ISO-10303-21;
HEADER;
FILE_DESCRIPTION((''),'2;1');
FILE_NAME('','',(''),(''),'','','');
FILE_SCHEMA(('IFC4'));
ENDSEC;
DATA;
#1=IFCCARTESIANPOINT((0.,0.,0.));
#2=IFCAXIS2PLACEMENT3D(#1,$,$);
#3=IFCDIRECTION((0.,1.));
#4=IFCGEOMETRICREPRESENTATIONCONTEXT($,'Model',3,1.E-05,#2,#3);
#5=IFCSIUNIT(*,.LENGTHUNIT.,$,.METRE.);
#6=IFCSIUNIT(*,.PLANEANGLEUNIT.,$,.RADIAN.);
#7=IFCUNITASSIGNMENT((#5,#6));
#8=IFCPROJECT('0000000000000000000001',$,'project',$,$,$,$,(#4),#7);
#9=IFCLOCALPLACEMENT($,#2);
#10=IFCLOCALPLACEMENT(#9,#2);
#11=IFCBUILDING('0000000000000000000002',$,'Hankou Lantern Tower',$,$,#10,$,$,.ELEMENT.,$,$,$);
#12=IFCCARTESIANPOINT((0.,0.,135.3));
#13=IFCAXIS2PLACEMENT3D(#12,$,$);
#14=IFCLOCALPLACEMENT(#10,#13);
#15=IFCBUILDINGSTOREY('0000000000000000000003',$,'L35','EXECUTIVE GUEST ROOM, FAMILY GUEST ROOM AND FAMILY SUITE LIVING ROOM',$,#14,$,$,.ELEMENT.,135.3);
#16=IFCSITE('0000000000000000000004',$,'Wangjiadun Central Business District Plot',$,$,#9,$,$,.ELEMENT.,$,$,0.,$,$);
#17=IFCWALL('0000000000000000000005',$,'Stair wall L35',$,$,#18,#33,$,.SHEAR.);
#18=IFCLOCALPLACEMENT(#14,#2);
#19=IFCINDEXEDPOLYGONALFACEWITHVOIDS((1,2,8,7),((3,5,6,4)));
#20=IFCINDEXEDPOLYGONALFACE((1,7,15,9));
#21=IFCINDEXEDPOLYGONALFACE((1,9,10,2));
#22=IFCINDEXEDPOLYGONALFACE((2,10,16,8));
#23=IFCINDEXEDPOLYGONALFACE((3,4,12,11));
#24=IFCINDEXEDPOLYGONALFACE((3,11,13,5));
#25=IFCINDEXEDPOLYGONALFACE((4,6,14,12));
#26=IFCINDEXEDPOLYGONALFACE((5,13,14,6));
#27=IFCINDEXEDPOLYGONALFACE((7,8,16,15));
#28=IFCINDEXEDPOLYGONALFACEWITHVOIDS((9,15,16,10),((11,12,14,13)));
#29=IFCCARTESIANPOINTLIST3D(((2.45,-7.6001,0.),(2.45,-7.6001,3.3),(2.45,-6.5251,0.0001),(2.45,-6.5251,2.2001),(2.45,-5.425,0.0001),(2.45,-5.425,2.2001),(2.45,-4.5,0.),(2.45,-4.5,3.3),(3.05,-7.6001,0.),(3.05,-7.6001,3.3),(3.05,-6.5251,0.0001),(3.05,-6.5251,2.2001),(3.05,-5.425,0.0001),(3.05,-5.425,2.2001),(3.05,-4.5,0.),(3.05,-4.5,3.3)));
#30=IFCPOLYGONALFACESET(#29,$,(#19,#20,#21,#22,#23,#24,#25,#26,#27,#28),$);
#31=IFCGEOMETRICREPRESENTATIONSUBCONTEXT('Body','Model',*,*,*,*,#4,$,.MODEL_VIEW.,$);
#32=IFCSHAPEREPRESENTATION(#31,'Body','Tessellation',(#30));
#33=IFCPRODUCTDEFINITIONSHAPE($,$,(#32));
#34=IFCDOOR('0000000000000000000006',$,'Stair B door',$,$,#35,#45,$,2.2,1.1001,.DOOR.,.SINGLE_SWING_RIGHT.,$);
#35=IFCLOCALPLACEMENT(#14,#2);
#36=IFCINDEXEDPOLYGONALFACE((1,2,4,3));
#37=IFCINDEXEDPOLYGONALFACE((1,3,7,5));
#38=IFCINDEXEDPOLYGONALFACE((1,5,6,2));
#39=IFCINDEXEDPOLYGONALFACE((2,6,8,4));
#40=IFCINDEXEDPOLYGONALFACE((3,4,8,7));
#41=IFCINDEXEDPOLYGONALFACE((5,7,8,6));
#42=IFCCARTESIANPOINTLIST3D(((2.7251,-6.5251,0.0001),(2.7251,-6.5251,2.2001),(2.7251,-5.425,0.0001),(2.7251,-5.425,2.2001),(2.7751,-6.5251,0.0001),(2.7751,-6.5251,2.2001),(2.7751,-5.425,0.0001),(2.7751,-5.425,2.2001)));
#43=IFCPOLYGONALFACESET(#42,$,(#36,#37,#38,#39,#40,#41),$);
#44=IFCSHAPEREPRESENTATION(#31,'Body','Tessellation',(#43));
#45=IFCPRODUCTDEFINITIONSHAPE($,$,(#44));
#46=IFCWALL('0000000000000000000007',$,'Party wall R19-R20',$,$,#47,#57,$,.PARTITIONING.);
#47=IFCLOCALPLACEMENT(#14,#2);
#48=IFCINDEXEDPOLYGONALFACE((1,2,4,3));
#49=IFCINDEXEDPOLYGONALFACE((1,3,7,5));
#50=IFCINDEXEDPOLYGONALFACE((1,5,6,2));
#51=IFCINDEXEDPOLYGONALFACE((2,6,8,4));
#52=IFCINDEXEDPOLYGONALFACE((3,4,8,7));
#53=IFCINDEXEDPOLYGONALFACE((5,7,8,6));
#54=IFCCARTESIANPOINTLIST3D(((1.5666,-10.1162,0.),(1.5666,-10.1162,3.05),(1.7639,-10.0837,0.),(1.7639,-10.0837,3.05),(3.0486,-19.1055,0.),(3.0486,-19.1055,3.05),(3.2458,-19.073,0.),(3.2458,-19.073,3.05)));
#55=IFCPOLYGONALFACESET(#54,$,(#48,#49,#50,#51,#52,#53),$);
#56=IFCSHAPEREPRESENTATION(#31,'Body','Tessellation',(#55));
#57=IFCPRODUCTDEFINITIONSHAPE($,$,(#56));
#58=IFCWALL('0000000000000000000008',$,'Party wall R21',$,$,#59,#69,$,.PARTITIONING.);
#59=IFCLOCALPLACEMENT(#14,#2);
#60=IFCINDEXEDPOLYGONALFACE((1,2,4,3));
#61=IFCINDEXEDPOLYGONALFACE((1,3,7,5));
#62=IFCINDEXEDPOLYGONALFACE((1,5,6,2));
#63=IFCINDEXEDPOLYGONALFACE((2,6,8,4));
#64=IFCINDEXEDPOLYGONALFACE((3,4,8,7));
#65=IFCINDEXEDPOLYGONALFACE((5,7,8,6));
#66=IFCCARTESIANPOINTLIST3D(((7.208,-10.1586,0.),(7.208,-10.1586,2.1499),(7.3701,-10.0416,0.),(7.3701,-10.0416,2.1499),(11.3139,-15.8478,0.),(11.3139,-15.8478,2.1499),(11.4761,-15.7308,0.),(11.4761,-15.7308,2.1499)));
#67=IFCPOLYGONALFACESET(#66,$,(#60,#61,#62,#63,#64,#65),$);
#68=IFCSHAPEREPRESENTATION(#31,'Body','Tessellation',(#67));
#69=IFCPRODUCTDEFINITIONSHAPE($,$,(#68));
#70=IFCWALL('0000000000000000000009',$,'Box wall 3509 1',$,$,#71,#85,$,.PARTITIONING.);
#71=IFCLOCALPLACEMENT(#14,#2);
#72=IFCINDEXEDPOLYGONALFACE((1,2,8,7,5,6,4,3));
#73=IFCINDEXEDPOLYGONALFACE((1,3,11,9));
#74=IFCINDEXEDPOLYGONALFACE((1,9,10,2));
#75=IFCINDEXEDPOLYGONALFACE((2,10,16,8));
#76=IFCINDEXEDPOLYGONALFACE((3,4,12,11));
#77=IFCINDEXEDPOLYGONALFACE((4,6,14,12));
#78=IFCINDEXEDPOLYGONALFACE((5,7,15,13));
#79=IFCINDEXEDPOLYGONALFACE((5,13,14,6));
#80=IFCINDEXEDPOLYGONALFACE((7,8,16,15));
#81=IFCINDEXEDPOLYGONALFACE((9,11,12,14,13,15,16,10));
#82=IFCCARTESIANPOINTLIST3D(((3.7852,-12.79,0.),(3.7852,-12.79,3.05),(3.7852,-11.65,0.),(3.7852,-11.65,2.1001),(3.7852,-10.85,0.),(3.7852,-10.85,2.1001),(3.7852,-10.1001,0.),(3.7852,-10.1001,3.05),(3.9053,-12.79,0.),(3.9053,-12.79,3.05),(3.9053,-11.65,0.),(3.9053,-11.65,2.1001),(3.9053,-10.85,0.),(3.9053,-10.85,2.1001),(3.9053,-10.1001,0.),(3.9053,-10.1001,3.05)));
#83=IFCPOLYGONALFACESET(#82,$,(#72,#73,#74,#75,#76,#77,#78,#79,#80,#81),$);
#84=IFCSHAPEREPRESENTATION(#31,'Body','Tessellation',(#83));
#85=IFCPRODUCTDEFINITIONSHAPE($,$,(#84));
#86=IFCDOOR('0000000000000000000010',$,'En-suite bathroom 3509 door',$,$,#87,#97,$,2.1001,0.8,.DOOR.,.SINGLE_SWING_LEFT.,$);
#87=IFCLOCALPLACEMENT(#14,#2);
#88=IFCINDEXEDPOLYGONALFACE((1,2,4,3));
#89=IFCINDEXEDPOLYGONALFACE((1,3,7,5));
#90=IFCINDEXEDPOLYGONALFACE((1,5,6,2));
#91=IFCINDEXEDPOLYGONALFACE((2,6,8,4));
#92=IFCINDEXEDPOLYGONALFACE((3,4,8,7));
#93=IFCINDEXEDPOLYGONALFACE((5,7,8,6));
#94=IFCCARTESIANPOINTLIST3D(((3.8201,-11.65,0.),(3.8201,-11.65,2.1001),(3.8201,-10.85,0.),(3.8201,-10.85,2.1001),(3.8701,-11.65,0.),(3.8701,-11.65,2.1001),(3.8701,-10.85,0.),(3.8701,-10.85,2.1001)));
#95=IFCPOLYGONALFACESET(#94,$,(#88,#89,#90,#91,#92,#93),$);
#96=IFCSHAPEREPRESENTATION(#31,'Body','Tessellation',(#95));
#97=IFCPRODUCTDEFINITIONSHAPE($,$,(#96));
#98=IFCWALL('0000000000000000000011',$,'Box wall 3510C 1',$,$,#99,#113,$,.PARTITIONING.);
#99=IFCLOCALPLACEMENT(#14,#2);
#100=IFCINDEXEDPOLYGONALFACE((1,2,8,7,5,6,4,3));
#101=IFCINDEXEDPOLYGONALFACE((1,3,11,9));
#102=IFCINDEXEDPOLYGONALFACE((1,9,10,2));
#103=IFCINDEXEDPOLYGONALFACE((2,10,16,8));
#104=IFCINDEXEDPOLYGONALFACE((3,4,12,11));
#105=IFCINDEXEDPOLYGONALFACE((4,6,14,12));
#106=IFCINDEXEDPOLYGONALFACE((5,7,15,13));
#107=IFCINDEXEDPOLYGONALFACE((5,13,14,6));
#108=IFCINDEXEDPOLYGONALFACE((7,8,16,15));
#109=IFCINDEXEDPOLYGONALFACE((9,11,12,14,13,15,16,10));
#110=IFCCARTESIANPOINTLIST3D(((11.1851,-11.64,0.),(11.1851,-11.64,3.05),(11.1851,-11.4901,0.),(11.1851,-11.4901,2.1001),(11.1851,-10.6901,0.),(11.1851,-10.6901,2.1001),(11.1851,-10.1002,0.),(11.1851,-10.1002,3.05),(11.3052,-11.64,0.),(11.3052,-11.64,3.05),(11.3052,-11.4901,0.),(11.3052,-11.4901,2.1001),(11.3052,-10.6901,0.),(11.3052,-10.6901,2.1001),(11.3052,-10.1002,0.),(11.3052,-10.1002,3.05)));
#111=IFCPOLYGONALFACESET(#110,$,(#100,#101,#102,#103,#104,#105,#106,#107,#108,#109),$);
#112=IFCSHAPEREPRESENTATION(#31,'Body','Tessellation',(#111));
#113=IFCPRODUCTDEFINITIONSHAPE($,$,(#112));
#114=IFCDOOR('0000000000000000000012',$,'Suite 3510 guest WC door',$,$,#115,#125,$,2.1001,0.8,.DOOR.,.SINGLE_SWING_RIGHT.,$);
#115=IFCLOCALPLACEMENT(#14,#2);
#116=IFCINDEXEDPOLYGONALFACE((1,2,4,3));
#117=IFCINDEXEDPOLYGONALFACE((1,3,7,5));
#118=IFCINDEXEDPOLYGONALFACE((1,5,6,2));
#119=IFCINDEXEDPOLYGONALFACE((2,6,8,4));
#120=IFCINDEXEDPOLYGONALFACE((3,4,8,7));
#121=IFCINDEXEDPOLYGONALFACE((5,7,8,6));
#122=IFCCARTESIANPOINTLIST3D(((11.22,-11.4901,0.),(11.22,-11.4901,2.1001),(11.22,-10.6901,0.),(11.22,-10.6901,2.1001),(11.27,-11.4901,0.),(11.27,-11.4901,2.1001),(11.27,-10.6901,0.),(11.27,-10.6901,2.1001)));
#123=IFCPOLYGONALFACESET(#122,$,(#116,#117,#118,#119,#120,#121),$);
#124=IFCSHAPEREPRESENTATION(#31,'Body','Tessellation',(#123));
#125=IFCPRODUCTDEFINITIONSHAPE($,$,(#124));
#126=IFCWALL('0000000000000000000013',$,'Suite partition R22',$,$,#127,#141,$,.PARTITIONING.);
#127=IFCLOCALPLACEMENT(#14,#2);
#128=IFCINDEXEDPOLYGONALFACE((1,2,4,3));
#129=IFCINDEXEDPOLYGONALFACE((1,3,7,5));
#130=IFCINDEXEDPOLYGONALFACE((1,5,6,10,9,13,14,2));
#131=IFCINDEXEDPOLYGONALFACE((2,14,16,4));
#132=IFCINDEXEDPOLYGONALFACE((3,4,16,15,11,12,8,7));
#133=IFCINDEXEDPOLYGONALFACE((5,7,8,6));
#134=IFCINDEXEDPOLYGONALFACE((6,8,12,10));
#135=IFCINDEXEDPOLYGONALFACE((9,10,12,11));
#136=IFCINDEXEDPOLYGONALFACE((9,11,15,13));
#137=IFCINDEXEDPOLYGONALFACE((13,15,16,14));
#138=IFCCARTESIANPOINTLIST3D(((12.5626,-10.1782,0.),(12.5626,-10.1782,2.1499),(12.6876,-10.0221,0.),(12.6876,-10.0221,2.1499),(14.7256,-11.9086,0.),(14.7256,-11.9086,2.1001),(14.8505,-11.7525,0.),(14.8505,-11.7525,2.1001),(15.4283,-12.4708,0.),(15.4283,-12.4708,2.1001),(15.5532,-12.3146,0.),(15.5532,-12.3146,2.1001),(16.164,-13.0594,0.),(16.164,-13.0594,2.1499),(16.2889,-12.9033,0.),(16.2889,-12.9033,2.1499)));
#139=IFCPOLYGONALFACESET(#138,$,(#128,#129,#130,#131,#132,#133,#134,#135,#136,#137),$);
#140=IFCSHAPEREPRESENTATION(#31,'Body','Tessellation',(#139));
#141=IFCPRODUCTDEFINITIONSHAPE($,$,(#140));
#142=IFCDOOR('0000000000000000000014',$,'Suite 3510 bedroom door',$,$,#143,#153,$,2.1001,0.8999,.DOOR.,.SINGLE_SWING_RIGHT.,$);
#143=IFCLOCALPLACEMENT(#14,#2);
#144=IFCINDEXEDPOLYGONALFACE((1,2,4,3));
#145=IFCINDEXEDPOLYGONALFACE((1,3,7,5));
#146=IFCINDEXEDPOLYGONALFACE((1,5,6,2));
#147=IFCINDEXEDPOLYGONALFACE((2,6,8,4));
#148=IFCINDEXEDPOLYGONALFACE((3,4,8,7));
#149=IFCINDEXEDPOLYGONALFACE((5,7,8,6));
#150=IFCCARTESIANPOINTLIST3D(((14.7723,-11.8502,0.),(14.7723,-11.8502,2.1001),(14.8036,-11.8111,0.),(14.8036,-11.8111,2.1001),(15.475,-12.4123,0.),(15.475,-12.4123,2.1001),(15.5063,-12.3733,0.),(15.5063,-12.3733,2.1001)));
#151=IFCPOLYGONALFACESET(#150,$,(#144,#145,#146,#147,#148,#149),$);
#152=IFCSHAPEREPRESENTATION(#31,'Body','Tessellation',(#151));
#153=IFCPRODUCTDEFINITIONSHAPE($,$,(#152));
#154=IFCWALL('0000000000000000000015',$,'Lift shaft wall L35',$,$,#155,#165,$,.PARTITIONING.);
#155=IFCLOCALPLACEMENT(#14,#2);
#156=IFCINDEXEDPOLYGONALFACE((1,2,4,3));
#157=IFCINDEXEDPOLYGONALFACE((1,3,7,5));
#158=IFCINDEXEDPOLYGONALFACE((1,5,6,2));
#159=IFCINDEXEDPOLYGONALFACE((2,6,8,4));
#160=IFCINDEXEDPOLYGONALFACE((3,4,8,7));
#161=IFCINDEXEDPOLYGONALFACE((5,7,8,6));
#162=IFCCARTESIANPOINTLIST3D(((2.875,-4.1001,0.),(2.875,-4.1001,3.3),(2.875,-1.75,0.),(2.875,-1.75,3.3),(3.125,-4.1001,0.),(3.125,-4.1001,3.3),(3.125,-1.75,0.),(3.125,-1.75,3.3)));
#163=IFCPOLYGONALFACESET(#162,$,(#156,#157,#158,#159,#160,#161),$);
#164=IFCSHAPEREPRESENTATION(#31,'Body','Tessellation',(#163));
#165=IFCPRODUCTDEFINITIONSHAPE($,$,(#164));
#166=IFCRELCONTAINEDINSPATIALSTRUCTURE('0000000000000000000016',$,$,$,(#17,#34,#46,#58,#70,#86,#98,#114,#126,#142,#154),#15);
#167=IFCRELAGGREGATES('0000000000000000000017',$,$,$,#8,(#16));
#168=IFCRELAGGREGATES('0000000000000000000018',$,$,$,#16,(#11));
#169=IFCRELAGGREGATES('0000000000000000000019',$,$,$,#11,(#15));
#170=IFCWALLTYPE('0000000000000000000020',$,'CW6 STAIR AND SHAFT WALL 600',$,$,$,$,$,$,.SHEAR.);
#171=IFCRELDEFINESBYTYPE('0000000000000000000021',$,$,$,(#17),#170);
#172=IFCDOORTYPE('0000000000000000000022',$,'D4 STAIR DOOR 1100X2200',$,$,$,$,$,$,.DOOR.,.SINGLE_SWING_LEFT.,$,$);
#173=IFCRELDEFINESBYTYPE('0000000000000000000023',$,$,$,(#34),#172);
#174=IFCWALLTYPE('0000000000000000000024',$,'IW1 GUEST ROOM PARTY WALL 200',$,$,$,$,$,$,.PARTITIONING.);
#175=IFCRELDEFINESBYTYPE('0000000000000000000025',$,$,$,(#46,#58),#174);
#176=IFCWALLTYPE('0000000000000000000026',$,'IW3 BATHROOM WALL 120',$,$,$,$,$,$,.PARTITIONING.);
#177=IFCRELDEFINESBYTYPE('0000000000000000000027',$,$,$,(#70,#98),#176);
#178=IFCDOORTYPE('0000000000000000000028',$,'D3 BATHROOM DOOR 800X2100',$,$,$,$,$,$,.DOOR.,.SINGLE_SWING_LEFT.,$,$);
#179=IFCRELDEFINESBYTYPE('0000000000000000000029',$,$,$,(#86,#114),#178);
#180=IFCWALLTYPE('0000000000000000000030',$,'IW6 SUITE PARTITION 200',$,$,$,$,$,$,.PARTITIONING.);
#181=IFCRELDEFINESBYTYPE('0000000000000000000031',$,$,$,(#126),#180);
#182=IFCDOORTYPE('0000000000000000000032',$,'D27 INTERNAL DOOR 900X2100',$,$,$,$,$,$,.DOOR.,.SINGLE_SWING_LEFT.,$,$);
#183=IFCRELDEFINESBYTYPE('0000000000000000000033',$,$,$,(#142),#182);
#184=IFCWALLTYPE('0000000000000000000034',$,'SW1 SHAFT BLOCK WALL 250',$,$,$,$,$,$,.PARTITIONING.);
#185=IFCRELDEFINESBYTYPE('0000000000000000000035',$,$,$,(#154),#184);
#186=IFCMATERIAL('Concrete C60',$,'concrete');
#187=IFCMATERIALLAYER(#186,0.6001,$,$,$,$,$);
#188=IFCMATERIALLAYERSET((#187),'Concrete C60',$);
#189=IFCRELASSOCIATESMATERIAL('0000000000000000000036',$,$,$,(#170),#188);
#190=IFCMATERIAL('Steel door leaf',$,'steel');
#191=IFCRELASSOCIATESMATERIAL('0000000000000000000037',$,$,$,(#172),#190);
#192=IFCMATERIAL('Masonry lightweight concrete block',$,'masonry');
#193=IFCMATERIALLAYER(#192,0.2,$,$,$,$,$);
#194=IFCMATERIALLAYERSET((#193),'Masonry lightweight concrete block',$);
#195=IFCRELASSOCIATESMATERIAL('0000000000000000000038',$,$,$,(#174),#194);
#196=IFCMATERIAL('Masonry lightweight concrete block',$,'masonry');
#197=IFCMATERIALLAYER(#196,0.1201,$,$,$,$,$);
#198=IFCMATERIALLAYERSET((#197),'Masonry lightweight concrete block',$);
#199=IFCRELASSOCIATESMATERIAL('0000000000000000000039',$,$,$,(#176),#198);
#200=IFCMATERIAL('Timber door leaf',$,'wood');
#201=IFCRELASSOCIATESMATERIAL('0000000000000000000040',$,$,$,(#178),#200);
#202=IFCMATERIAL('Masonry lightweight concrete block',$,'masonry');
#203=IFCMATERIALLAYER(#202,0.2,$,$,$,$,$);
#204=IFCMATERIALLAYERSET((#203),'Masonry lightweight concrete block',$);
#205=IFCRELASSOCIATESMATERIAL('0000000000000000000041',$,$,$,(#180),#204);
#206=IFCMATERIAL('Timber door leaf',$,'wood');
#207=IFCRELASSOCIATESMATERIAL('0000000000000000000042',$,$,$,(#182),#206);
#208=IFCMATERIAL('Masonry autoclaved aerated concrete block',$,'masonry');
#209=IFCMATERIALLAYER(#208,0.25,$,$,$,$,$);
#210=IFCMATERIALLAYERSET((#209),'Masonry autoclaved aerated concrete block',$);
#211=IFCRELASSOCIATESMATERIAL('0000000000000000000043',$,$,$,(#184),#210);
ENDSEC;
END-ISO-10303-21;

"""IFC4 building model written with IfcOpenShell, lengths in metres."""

from ifc_helpers import new_model, si_unit, direction, frame, frame_2d, origin, place, context, subcontext, project, spatial, rectangle, extrude, material, layer, layer_set, type_object, element, fill, save


model = new_model("IFC4")

# Units and contexts
model_context = context("Model", 3, precision=1e-05, world=origin(), true_north=direction((0.0, 1.0)))
body_context = subcontext(model_context, "Body", "Model", "MODEL_VIEW")
ifc_project = project(units=[si_unit("LENGTHUNIT", "METRE"), si_unit("PLANEANGLEUNIT", "RADIAN")], contexts=[model_context])

# Site, building, storey
site_placement = place(None, origin())
site = spatial("IfcSite", under=ifc_project, at=site_placement, Name="Wangjiadun Central Business District Plot", CompositionType="ELEMENT", RefElevation=0.0)
building_placement = place(site_placement, origin())
building = spatial("IfcBuilding", under=site, at=building_placement, Name="Hankou Lantern Tower", CompositionType="ELEMENT")
storey_placement = place(building_placement, frame((0.0, 0.0, 135.3)))
storey = spatial("IfcBuildingStorey", under=building, at=storey_placement, Name="L35", Description="EXECUTIVE GUEST ROOM, FAMILY GUEST ROOM AND FAMILY SUITE LIVING ROOM", CompositionType="ELEMENT", Elevation=135.3)

# Wall, opening, door
ifc_material_1 = material(Name="Concrete C60", Category="concrete")
ifc_layer_1 = layer(ifc_material_1, 0.6001)
ifc_layer_set_1 = layer_set([ifc_layer_1], Name="Concrete C60")
wall_type_1 = type_object("IfcWallType", Name="CW6 STAIR AND SHAFT WALL 600", PredefinedType="SHEAR", material=ifc_layer_set_1)
wall_1_placement = place(storey_placement, frame((2.75, -7.6001, 0.0), z_axis=(0.0, 0.0, 1.0), x_axis=(0.0, 1.0, 0.0)))
wall_1 = element("IfcWall", 1, at=wall_1_placement, inside=storey, type_object=wall_type_1, Name="Stair wall L35", PredefinedType="SHEAR", context=body_context, shape_type="SweptSolid", body=[
    extrude(rectangle(XDim=3.1001, YDim=0.6001, at=frame_2d((1.55, 0.0))), origin(), (0.0, 0.0, 1.0), 3.3),
])
opening_1_placement = place(wall_1_placement, frame((1.075, 0.0, 0.0)))
opening_1 = element("IfcOpeningElement", 2, at=opening_1_placement, cuts=wall_1, PredefinedType="OPENING", context=body_context, shape_type="SweptSolid", body=[
    extrude(rectangle(XDim=1.1001, YDim=2.2, at=frame_2d((0.55, 1.1001))), frame((0.0, 0.3101, 0.0), z_axis=(0.0, -1.0, 0.0), x_axis=(1.0, 0.0, 0.0)), (0.0, 0.0, 1.0), 0.6201),
])
ifc_material_2 = material(Name="Steel door leaf", Category="steel")
door_type_1 = type_object("IfcDoorType", Name="D4 STAIR DOOR 1100X2200", OperationType="SINGLE_SWING_LEFT", PredefinedType="DOOR", material=ifc_material_2)
door_1_placement = place(opening_1_placement, origin())
door_1 = element("IfcDoor", 3, at=door_1_placement, inside=storey, type_object=door_type_1, Name="Stair B door", OperationType="SINGLE_SWING_RIGHT", OverallHeight=2.2, OverallWidth=1.1001, PredefinedType="DOOR", context=body_context, shape_type="SweptSolid", body=[
    extrude(rectangle(XDim=1.1001, YDim=2.2, at=frame_2d((0.55, 1.1001))), frame((0.0, 0.0249, 0.0), z_axis=(0.0, -1.0, 0.0), x_axis=(1.0, 0.0, 0.0)), (0.0, 0.0, 1.0), 0.05),
])
fill(opening_1, door_1)

# Walls
ifc_material_3 = material(Name="Masonry lightweight concrete block", Category="masonry")
ifc_layer_2 = layer(ifc_material_3, 0.2)
ifc_layer_set_2 = layer_set([ifc_layer_2], Name="Masonry lightweight concrete block")
wall_type_2 = type_object("IfcWallType", Name="IW1 GUEST ROOM PARTY WALL 200", PredefinedType="PARTITIONING", material=ifc_layer_set_2)
wall_2_placement = place(storey_placement, frame((1.6653, -10.1001, 0.0), z_axis=(0.0, 0.0, 1.0), x_axis=(0.162661, -0.986682, 0.0)))
element("IfcWall", 4, at=wall_2_placement, inside=storey, type_object=wall_type_2, Name="Party wall R19-R20", PredefinedType="PARTITIONING", context=body_context, shape_type="SweptSolid", body=[
    extrude(rectangle(XDim=9.1106, YDim=0.2, at=frame_2d((4.5552, 0.0))), origin(), (0.0, 0.0, 1.0), 3.05),
])
wall_3_placement = place(storey_placement, frame((7.2891, -10.1001, 0.0), z_axis=(0.0, 0.0, 1.0), x_axis=(0.585217, -0.810876, 0.0)))
element("IfcWall", 5, at=wall_3_placement, inside=storey, type_object=wall_type_2, Name="Party wall R21", PredefinedType="PARTITIONING", context=body_context, shape_type="SweptSolid", body=[
    extrude(rectangle(XDim=7.0161, YDim=0.2, at=frame_2d((3.5081, 0.0))), origin(), (0.0, 0.0, 1.0), 2.1499),
])

# Walls, openings, doors
ifc_material_4 = material(Name="Masonry lightweight concrete block", Category="masonry")
ifc_layer_3 = layer(ifc_material_4, 0.1201)
ifc_layer_set_3 = layer_set([ifc_layer_3], Name="Masonry lightweight concrete block")
wall_type_3 = type_object("IfcWallType", Name="IW3 BATHROOM WALL 120", PredefinedType="PARTITIONING", material=ifc_layer_set_3)
wall_4_placement = place(storey_placement, frame((3.8452, -10.1001, 0.0), z_axis=(0.0, 0.0, 1.0), x_axis=(0.0, -1.0, 0.0)))
wall_4 = element("IfcWall", 6, at=wall_4_placement, inside=storey, type_object=wall_type_3, Name="Box wall 3509 1", PredefinedType="PARTITIONING", context=body_context, shape_type="SweptSolid", body=[
    extrude(rectangle(XDim=2.6899, YDim=0.1201, at=frame_2d((1.345, 0.0))), origin(), (0.0, 0.0, 1.0), 3.05),
])
opening_2_placement = place(wall_4_placement, frame((0.75, 0.0, 0.0)))
opening_2 = element("IfcOpeningElement", 7, at=opening_2_placement, cuts=wall_4, PredefinedType="OPENING", context=body_context, shape_type="SweptSolid", body=[
    extrude(rectangle(XDim=0.8, YDim=2.1001, at=frame_2d((0.3999, 1.05))), frame((0.0, 0.0701, 0.0), z_axis=(0.0, -1.0, 0.0), x_axis=(1.0, 0.0, 0.0)), (0.0, 0.0, 1.0), 0.1401),
])
ifc_material_5 = material(Name="Timber door leaf", Category="wood")
door_type_2 = type_object("IfcDoorType", Name="D3 BATHROOM DOOR 800X2100", OperationType="SINGLE_SWING_LEFT", PredefinedType="DOOR", material=ifc_material_5)
door_2_placement = place(opening_2_placement, origin())
door_2 = element("IfcDoor", 8, at=door_2_placement, inside=storey, type_object=door_type_2, Name="En-suite bathroom 3509 door", OperationType="SINGLE_SWING_LEFT", OverallHeight=2.1001, OverallWidth=0.8, PredefinedType="DOOR", context=body_context, shape_type="SweptSolid", body=[
    extrude(rectangle(XDim=0.8, YDim=2.1001, at=frame_2d((0.3999, 1.05))), frame((0.0, 0.0249, 0.0), z_axis=(0.0, -1.0, 0.0), x_axis=(1.0, 0.0, 0.0)), (0.0, 0.0, 1.0), 0.05),
])
fill(opening_2, door_2)
wall_5_placement = place(storey_placement, frame((11.2451, -10.1001, 0.0), z_axis=(0.0, 0.0, 1.0), x_axis=(0.0, -1.0, 0.0)))
wall_5 = element("IfcWall", 9, at=wall_5_placement, inside=storey, type_object=wall_type_3, Name="Box wall 3510C 1", PredefinedType="PARTITIONING", context=body_context, shape_type="SweptSolid", body=[
    extrude(rectangle(XDim=1.5398, YDim=0.1201, at=frame_2d((0.77, 0.0))), origin(), (0.0, 0.0, 1.0), 3.05),
])
opening_3_placement = place(wall_5_placement, frame((0.5901, 0.0, 0.0)))
opening_3 = element("IfcOpeningElement", 10, at=opening_3_placement, cuts=wall_5, PredefinedType="OPENING", context=body_context, shape_type="SweptSolid", body=[
    extrude(rectangle(XDim=0.8, YDim=2.1001, at=frame_2d((0.3999, 1.05))), frame((0.0, 0.0701, 0.0), z_axis=(0.0, -1.0, 0.0), x_axis=(1.0, 0.0, 0.0)), (0.0, 0.0, 1.0), 0.1401),
])
door_3_placement = place(opening_3_placement, origin())
door_3 = element("IfcDoor", 11, at=door_3_placement, inside=storey, type_object=door_type_2, Name="Suite 3510 guest WC door", OperationType="SINGLE_SWING_RIGHT", OverallHeight=2.1001, OverallWidth=0.8, PredefinedType="DOOR", context=body_context, shape_type="SweptSolid", body=[
    extrude(rectangle(XDim=0.8, YDim=2.1001, at=frame_2d((0.3999, 1.05))), frame((0.0, 0.0249, 0.0), z_axis=(0.0, -1.0, 0.0), x_axis=(1.0, 0.0, 0.0)), (0.0, 0.0, 1.0), 0.05),
])
fill(opening_3, door_3)
ifc_material_6 = material(Name="Masonry lightweight concrete block", Category="masonry")
ifc_layer_4 = layer(ifc_material_6, 0.2)
ifc_layer_set_4 = layer_set([ifc_layer_4], Name="Masonry lightweight concrete block")
wall_type_4 = type_object("IfcWallType", Name="IW6 SUITE PARTITION 200", PredefinedType="PARTITIONING", material=ifc_layer_set_4)
wall_6_placement = place(storey_placement, frame((12.625, -10.1001, 0.0), z_axis=(0.0, 0.0, 1.0), x_axis=(0.780864, -0.624702, 0.0)))
wall_6 = element("IfcWall", 12, at=wall_6_placement, inside=storey, type_object=wall_type_4, Name="Suite partition R22", PredefinedType="PARTITIONING", context=body_context, shape_type="SweptSolid", body=[
    extrude(rectangle(XDim=4.6121, YDim=0.2, at=frame_2d((2.3062, 0.0))), origin(), (0.0, 0.0, 1.0), 2.1499),
])
opening_4_placement = place(wall_6_placement, frame((2.77, 0.0, 0.0)))
opening_4 = element("IfcOpeningElement", 13, at=opening_4_placement, cuts=wall_6, PredefinedType="OPENING", context=body_context, shape_type="SweptSolid", body=[
    extrude(rectangle(XDim=0.8999, YDim=2.1001, at=frame_2d((0.45, 1.05))), frame((0.0, 0.1099, 0.0), z_axis=(0.0, -1.0, 0.0), x_axis=(1.0, 0.0, 0.0)), (0.0, 0.0, 1.0), 0.22),
])
ifc_material_7 = material(Name="Timber door leaf", Category="wood")
door_type_3 = type_object("IfcDoorType", Name="D27 INTERNAL DOOR 900X2100", OperationType="SINGLE_SWING_LEFT", PredefinedType="DOOR", material=ifc_material_7)
door_4_placement = place(opening_4_placement, origin())
door_4 = element("IfcDoor", 14, at=door_4_placement, inside=storey, type_object=door_type_3, Name="Suite 3510 bedroom door", OperationType="SINGLE_SWING_RIGHT", OverallHeight=2.1001, OverallWidth=0.8999, PredefinedType="DOOR", context=body_context, shape_type="SweptSolid", body=[
    extrude(rectangle(XDim=0.8999, YDim=2.1001, at=frame_2d((0.45, 1.05))), frame((0.0, 0.0249, 0.0), z_axis=(0.0, -1.0, 0.0), x_axis=(1.0, 0.0, 0.0)), (0.0, 0.0, 1.0), 0.05),
])
fill(opening_4, door_4)

# Wall
ifc_material_8 = material(Name="Masonry autoclaved aerated concrete block", Category="masonry")
ifc_layer_5 = layer(ifc_material_8, 0.25)
ifc_layer_set_5 = layer_set([ifc_layer_5], Name="Masonry autoclaved aerated concrete block")
wall_type_5 = type_object("IfcWallType", Name="SW1 SHAFT BLOCK WALL 250", PredefinedType="PARTITIONING", material=ifc_layer_set_5)
for number, where, z_axis, x_axis, name in (
    (15, (3.0, -4.1001, 0.0), (0.0, 0.0, 1.0), (0.0, 1.0, 0.0), "Lift shaft wall L35"),
):
    element("IfcWall", number, at=place(storey_placement, frame(where, z_axis=z_axis, x_axis=x_axis)), inside=storey, type_object=wall_type_5, Name=name, PredefinedType="PARTITIONING", context=body_context, shape_type="SweptSolid", body=[
        extrude(rectangle(XDim=2.3501, YDim=0.25, at=frame_2d((1.175, 0.0))), origin(), (0.0, 0.0, 1.0), 3.3),
    ])

save(model, "model.ifc")
